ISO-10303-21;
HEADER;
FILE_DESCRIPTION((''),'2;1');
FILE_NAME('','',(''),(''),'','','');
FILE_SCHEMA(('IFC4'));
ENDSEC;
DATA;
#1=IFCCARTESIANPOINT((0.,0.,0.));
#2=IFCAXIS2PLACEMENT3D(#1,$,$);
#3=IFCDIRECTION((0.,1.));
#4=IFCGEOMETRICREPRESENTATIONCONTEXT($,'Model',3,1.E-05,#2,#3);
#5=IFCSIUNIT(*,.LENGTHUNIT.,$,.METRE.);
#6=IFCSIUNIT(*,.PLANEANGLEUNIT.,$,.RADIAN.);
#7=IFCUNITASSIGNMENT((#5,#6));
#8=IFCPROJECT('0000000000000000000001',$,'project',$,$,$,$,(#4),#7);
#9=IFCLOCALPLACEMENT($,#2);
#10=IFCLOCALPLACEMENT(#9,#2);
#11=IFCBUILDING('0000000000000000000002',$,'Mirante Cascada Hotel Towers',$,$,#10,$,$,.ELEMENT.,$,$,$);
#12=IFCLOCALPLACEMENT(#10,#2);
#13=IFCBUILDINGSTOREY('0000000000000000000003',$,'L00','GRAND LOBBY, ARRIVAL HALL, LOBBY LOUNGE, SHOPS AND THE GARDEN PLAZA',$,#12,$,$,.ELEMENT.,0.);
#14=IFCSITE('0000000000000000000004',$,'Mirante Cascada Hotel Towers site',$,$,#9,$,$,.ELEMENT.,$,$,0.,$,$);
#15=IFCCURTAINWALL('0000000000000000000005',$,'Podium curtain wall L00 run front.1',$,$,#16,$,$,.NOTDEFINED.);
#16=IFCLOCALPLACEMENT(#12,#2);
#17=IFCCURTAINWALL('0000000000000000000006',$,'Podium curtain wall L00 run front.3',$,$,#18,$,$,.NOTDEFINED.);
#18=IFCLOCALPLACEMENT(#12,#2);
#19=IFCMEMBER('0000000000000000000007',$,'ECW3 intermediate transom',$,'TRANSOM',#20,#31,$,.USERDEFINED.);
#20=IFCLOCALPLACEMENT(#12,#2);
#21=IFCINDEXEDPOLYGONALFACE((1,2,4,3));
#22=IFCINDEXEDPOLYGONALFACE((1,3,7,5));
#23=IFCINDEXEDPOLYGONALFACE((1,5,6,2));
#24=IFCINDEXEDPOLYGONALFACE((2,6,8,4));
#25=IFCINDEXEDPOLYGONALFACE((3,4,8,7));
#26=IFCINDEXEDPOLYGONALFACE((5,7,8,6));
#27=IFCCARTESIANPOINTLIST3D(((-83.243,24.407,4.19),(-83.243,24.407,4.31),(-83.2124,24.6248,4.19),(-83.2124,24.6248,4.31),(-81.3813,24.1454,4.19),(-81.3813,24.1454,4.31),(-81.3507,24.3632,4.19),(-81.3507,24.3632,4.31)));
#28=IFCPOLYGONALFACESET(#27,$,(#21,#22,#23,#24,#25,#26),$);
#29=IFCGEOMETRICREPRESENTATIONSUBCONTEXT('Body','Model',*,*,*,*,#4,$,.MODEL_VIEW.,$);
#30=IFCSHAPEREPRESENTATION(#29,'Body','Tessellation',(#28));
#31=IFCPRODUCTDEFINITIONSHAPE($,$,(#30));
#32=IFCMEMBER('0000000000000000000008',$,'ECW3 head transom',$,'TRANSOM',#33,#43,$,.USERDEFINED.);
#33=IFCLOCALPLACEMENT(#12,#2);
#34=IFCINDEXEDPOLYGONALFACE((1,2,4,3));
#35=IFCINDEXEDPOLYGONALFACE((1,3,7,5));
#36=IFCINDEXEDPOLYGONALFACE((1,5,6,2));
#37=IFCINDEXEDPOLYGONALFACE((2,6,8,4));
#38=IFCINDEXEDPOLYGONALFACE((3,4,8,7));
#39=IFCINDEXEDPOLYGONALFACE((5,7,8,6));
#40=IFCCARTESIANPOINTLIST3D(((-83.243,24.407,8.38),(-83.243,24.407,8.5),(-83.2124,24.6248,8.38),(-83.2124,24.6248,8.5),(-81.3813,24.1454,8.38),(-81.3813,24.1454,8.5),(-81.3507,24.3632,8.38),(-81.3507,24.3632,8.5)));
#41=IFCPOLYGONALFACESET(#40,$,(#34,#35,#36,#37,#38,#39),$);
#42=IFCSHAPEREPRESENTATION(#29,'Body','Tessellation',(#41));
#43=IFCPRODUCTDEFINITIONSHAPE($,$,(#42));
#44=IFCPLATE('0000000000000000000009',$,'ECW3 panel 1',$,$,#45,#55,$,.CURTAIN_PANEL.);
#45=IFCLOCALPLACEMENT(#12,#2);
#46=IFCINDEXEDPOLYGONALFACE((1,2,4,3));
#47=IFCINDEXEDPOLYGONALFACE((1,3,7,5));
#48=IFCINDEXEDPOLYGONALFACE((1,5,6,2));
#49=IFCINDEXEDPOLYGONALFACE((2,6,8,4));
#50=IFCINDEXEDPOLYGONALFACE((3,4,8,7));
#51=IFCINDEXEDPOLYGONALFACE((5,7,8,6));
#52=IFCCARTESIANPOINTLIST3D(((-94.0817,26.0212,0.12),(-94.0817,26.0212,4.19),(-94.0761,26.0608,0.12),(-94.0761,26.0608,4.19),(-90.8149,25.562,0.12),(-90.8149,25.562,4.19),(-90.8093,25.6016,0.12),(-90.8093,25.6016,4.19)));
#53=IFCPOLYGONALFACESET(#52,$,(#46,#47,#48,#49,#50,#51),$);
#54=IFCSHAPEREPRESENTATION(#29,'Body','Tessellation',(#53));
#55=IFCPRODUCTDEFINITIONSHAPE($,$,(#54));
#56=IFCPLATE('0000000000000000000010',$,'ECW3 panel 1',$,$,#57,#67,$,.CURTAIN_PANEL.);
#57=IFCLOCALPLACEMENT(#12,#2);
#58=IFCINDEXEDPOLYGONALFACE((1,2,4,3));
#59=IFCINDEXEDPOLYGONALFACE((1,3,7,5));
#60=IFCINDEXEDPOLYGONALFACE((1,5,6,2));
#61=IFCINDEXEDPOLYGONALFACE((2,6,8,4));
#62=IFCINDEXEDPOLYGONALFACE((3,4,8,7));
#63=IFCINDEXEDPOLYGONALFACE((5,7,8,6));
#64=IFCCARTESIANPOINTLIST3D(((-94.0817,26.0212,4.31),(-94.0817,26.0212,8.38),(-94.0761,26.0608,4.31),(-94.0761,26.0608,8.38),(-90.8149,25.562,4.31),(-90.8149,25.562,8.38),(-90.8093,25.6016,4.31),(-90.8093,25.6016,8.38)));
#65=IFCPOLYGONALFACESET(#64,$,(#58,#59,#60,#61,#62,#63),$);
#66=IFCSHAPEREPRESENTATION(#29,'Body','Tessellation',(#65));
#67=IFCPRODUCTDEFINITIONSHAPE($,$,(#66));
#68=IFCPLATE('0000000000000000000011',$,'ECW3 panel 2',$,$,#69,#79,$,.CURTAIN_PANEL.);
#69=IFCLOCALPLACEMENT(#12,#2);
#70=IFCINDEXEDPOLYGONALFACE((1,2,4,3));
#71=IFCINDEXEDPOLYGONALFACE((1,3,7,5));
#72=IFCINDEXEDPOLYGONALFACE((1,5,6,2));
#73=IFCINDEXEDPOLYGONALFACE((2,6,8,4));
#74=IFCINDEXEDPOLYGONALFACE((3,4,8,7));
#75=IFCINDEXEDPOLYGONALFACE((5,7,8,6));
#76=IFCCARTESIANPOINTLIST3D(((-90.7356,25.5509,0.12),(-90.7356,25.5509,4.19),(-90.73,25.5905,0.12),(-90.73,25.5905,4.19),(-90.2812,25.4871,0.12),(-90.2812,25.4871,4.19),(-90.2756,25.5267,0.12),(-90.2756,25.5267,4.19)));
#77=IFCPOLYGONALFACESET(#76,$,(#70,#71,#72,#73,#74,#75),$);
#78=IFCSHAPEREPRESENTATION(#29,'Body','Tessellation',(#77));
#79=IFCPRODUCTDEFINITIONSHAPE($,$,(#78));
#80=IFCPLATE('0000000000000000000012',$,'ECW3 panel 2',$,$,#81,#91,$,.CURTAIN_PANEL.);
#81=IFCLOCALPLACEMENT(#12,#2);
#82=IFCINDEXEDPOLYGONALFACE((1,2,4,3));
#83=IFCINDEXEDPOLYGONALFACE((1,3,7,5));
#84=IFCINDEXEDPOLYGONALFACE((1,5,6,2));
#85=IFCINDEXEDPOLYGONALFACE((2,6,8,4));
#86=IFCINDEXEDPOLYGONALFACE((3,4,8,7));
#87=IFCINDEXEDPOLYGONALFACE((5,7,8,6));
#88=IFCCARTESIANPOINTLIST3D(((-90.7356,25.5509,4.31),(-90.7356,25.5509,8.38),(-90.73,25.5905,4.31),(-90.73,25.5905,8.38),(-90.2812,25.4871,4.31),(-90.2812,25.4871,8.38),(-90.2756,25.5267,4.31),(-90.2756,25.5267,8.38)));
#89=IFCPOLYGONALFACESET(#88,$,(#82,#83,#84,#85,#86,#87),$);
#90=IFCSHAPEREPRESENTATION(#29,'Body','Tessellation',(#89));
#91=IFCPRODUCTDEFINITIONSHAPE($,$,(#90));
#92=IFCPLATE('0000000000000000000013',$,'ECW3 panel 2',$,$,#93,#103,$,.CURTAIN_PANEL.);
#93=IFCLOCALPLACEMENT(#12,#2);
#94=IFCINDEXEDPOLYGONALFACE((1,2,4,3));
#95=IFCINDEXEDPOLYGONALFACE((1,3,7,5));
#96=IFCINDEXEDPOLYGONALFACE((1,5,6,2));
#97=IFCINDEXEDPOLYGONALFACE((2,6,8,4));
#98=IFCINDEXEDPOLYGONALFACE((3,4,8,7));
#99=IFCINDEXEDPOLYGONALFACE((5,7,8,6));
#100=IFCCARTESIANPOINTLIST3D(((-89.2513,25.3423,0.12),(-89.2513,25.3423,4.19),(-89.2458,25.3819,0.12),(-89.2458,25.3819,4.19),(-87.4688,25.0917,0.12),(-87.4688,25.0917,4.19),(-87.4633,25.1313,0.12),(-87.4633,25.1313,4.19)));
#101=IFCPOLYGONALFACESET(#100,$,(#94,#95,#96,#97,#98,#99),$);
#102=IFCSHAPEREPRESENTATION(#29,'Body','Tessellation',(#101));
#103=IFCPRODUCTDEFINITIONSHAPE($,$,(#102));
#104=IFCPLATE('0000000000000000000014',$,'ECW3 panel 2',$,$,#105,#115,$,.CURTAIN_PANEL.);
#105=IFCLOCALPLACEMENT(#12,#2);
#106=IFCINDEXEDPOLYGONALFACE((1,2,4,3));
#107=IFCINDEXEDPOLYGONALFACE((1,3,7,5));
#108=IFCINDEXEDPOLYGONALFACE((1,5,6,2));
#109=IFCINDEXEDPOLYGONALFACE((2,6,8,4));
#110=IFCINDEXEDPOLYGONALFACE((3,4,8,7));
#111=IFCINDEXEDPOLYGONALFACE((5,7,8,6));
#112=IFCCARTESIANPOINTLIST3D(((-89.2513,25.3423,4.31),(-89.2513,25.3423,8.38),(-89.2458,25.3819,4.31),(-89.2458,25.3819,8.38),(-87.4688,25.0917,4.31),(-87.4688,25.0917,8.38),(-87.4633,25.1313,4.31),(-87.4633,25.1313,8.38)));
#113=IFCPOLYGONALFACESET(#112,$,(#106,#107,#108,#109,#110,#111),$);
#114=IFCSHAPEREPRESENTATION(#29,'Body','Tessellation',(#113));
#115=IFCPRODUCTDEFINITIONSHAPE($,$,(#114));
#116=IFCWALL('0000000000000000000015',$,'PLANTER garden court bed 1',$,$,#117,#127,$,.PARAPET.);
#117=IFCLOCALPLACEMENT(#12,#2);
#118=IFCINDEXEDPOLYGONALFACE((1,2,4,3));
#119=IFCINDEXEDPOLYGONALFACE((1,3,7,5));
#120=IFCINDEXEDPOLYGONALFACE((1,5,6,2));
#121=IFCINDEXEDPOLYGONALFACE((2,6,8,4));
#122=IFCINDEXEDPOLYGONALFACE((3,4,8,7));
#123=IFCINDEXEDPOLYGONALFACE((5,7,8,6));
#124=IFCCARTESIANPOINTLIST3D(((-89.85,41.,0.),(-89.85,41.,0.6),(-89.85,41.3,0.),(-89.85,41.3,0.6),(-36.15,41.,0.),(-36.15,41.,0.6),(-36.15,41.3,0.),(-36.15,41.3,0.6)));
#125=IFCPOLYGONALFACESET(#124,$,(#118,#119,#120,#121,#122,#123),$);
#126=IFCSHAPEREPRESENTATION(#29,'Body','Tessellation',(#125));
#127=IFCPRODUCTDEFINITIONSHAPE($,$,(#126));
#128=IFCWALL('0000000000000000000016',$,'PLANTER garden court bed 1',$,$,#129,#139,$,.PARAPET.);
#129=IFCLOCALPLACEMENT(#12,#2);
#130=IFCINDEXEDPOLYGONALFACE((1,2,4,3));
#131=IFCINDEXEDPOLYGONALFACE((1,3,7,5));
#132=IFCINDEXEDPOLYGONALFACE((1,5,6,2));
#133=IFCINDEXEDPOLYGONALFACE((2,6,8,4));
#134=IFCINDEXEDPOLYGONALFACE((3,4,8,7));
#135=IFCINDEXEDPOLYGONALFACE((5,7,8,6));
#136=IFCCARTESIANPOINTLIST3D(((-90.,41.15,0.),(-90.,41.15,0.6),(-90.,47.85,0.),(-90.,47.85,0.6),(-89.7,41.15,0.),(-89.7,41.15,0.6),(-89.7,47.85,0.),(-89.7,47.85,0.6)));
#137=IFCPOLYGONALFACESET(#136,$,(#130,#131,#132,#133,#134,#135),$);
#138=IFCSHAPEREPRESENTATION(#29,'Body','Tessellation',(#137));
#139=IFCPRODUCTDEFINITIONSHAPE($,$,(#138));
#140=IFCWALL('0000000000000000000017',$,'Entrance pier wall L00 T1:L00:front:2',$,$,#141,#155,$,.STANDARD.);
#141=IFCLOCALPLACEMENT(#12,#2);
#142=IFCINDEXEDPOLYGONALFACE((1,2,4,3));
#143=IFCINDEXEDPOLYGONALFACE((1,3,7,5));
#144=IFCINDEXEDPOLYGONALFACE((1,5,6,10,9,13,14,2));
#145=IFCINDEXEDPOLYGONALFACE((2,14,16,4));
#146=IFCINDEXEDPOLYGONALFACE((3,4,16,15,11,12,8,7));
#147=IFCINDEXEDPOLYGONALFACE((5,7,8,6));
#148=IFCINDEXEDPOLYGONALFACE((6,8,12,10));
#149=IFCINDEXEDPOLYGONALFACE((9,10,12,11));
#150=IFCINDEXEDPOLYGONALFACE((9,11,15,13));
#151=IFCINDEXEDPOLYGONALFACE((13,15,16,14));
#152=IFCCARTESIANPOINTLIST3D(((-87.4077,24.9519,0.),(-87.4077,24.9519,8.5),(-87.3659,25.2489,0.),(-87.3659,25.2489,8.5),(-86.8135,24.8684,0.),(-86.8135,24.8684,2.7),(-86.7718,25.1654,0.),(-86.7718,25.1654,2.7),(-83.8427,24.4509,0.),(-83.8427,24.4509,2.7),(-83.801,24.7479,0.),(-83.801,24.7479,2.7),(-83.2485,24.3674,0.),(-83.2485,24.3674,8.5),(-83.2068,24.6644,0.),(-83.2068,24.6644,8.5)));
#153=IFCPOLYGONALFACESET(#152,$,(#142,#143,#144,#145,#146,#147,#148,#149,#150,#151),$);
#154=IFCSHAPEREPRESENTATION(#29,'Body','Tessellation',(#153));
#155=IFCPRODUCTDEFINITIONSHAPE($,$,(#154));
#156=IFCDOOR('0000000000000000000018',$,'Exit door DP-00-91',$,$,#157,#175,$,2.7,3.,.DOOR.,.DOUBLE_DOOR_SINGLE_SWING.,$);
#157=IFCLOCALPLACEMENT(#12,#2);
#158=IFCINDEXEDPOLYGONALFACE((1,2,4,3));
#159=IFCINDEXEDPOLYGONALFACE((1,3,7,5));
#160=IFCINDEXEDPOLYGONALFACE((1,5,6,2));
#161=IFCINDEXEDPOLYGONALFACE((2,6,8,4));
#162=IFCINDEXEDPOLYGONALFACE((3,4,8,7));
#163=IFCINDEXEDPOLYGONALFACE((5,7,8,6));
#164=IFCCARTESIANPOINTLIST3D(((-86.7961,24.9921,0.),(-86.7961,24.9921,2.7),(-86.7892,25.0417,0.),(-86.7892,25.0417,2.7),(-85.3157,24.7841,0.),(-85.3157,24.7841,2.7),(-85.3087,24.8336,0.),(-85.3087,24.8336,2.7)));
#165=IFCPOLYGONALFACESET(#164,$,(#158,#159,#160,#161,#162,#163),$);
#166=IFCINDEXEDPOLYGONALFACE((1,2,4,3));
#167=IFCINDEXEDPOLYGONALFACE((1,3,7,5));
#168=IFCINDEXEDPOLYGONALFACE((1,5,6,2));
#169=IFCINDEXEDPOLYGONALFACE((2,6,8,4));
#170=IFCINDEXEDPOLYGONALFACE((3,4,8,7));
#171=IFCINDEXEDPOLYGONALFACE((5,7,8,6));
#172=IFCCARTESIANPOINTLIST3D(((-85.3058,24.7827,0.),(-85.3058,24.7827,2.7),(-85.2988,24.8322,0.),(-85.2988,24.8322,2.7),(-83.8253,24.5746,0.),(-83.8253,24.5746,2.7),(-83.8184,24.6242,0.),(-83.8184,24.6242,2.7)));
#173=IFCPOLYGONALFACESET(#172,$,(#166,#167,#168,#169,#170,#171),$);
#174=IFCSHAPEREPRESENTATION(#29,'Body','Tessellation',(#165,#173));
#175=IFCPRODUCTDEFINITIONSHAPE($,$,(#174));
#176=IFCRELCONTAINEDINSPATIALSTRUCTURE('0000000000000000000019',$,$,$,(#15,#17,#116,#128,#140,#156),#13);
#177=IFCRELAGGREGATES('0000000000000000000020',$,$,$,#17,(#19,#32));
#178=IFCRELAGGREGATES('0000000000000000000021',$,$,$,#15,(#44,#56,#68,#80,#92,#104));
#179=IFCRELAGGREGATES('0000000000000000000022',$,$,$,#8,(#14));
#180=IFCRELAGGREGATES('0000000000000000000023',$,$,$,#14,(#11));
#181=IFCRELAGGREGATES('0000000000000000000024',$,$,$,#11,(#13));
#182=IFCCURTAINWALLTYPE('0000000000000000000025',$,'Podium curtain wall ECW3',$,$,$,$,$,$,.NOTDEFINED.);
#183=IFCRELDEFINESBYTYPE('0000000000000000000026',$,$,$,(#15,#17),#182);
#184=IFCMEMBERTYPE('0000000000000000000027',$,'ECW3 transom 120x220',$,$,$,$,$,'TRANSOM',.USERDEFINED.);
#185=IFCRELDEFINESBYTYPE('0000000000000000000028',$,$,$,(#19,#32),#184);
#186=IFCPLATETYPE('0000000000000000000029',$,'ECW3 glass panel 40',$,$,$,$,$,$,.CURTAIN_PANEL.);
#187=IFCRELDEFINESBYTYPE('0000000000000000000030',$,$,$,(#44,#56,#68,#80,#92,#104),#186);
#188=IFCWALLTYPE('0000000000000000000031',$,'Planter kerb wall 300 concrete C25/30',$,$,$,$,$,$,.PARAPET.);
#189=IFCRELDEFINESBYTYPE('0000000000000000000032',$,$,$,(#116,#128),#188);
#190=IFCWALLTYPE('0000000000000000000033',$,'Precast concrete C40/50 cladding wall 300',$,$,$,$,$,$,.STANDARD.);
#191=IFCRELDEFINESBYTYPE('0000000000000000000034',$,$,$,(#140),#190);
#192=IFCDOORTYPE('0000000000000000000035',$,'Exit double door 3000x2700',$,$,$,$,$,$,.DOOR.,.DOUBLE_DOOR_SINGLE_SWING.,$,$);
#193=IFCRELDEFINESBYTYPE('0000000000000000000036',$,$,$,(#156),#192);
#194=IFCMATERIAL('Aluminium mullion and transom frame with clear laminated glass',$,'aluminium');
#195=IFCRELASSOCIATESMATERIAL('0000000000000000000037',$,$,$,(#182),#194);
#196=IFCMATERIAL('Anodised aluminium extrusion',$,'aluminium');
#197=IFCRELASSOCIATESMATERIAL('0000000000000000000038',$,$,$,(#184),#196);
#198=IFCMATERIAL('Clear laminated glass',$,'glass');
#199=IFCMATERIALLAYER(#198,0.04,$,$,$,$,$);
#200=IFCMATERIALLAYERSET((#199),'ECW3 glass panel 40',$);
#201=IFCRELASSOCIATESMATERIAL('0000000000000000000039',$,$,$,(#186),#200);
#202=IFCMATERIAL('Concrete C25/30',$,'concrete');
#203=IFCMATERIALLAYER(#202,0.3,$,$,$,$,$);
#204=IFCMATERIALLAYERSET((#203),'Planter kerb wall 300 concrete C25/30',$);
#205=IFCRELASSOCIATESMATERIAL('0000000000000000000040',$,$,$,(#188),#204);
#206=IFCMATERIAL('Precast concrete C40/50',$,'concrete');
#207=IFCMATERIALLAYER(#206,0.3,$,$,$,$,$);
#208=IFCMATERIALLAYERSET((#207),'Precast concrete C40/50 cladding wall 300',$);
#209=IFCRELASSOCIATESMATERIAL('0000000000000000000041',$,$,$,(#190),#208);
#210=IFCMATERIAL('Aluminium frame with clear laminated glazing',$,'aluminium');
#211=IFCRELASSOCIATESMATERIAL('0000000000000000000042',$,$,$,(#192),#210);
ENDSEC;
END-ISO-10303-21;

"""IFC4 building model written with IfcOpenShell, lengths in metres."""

from ifc_helpers import new_model, si_unit, direction, frame, frame_2d, origin, origin_2d, place, context, subcontext, project, spatial, rectangle, extrude, material, layer, layer_set, material_profile, profile_set, type_object, element, fill, aggregate, save


model = new_model("IFC4")

# Units and contexts
model_context = context("Model", 3, precision=1e-05, world=origin(), true_north=direction((0.0, 1.0)))
body_context = subcontext(model_context, "Body", "Model", "MODEL_VIEW")
ifc_project = project(units=[si_unit("LENGTHUNIT", "METRE"), si_unit("PLANEANGLEUNIT", "RADIAN")], contexts=[model_context])

# Site, building, storey
site_placement = place(None, origin())
site = spatial("IfcSite", under=ifc_project, at=site_placement, Name="Mirante Cascada Hotel Towers site", CompositionType="ELEMENT", RefElevation=0.0)
building_placement = place(site_placement, origin())
building = spatial("IfcBuilding", under=site, at=building_placement, Name="Mirante Cascada Hotel Towers", CompositionType="ELEMENT")
storey_placement = place(building_placement, origin())
storey = spatial("IfcBuildingStorey", under=building, at=storey_placement, Name="L00", Description="GRAND LOBBY, ARRIVAL HALL, LOBBY LOUNGE, SHOPS AND THE GARDEN PLAZA", CompositionType="ELEMENT", Elevation=0.0)

# Curtain walls, members
ifc_material_1 = material(Name="Aluminium mullion and transom frame with clear laminated glass", Category="aluminium")
curtain_wall_type = type_object("IfcCurtainWallType", Name="Podium curtain wall ECW3", PredefinedType="NOTDEFINED", material=ifc_material_1)
curtain_wall_1_placement = place(storey_placement, origin())
curtain_wall_1 = element("IfcCurtainWall", 1, at=curtain_wall_1_placement, inside=storey, type_object=curtain_wall_type, Name="Podium curtain wall L00 run front.1", PredefinedType="NOTDEFINED")
ifc_material_2 = material(Name="Anodised aluminium extrusion", Category="aluminium")
ifc_material_profile_1 = material_profile(ifc_material_2, rectangle(XDim=0.22, YDim=0.12, at=origin_2d()), Name="ECW3 TRANSOM 120x220")
ifc_profile_set_1 = profile_set([ifc_material_profile_1], Name="Anodised aluminium extrusion")
member_type_1 = type_object("IfcMemberType", Name="ECW3 transom 120x220", ElementType="TRANSOM", PredefinedType="USERDEFINED", material=ifc_profile_set_1)
curtain_wall_2_placement = place(storey_placement, origin())
curtain_wall_2 = element("IfcCurtainWall", 2, at=curtain_wall_2_placement, inside=storey, type_object=curtain_wall_type, Name="Podium curtain wall L00 run front.3", PredefinedType="NOTDEFINED")
member_1_placement = place(storey_placement, frame((-83.2277, 24.5159, 4.25), z_axis=(0.990271, -0.13915, 0.0), x_axis=(0.13915, 0.990271, 0.0)))
member_1 = element("IfcMember", 3, at=member_1_placement, type_object=member_type_1, Name="ECW3 intermediate transom", ObjectType="TRANSOM", PredefinedType="USERDEFINED", context=body_context, shape_type="SweptSolid", body=[
    extrude(rectangle(XDim=0.22, YDim=0.12, at=origin_2d()), origin(), (0.0, 0.0, 1.0), 1.88),
])
member_2_placement = place(storey_placement, frame((-83.2277, 24.5159, 8.44), z_axis=(0.990271, -0.13915, 0.0), x_axis=(0.13915, 0.990271, 0.0)))
member_2 = element("IfcMember", 4, at=member_2_placement, type_object=member_type_1, Name="ECW3 head transom", ObjectType="TRANSOM", PredefinedType="USERDEFINED", context=body_context, shape_type="SweptSolid", body=[
    extrude(rectangle(XDim=0.22, YDim=0.12, at=origin_2d()), origin(), (0.0, 0.0, 1.0), 1.88),
])
aggregate(curtain_wall_2, [member_1, member_2])

# Plates
ifc_material_3 = material(Name="Clear laminated glass", Category="glass")
ifc_layer_1 = layer(ifc_material_3, 0.04)
ifc_layer_set_1 = layer_set([ifc_layer_1], Name="ECW3 glass panel 40")
plate_type = type_object("IfcPlateType", Name="ECW3 glass panel 40", PredefinedType="CURTAIN_PANEL", material=ifc_layer_set_1)
plate_1_placement = place(storey_placement, frame((-92.4455, 25.8114, 0.12), z_axis=(0.0, 0.0, 1.0), x_axis=(0.990268, -0.139173, 0.0)))
plate_1 = element("IfcPlate", 5, at=plate_1_placement, type_object=plate_type, Name="ECW3 panel 1", PredefinedType="CURTAIN_PANEL", context=body_context, shape_type="SweptSolid", body=[
    extrude(rectangle(XDim=3.2989, YDim=0.04, at=origin_2d()), origin(), (0.0, 0.0, 1.0), 4.07),
])
plate_2_placement = place(storey_placement, frame((-92.4455, 25.8114, 4.31), z_axis=(0.0, 0.0, 1.0), x_axis=(0.990268, -0.139173, 0.0)))
plate_2 = element("IfcPlate", 6, at=plate_2_placement, type_object=plate_type, Name="ECW3 panel 1", PredefinedType="CURTAIN_PANEL", context=body_context, shape_type="SweptSolid", body=[
    extrude(rectangle(XDim=3.2989, YDim=0.04, at=origin_2d()), origin(), (0.0, 0.0, 1.0), 4.07),
])
plate_3_placement = place(storey_placement, frame((-90.5056, 25.5388, 0.12), z_axis=(0.0, 0.0, 1.0), x_axis=(0.990268, -0.139173, 0.0)))
plate_3 = element("IfcPlate", 7, at=plate_3_placement, type_object=plate_type, Name="ECW3 panel 2", PredefinedType="CURTAIN_PANEL", context=body_context, shape_type="SweptSolid", body=[
    extrude(rectangle(XDim=0.4589, YDim=0.04, at=origin_2d()), origin(), (0.0, 0.0, 1.0), 4.07),
])
plate_4_placement = place(storey_placement, frame((-90.5056, 25.5388, 4.31), z_axis=(0.0, 0.0, 1.0), x_axis=(0.990268, -0.139173, 0.0)))
plate_4 = element("IfcPlate", 8, at=plate_4_placement, type_object=plate_type, Name="ECW3 panel 2", PredefinedType="CURTAIN_PANEL", context=body_context, shape_type="SweptSolid", body=[
    extrude(rectangle(XDim=0.4589, YDim=0.04, at=origin_2d()), origin(), (0.0, 0.0, 1.0), 4.07),
])
plate_5_placement = place(storey_placement, frame((-88.3573, 25.2368, 0.12), z_axis=(0.0, 0.0, 1.0), x_axis=(0.990268, -0.139173, 0.0)))
plate_5 = element("IfcPlate", 9, at=plate_5_placement, type_object=plate_type, Name="ECW3 panel 2", PredefinedType="CURTAIN_PANEL", context=body_context, shape_type="SweptSolid", body=[
    extrude(rectangle(XDim=1.8, YDim=0.04, at=origin_2d()), origin(), (0.0, 0.0, 1.0), 4.07),
])
plate_6_placement = place(storey_placement, frame((-88.3573, 25.2368, 4.31), z_axis=(0.0, 0.0, 1.0), x_axis=(0.990268, -0.139173, 0.0)))
plate_6 = element("IfcPlate", 10, at=plate_6_placement, type_object=plate_type, Name="ECW3 panel 2", PredefinedType="CURTAIN_PANEL", context=body_context, shape_type="SweptSolid", body=[
    extrude(rectangle(XDim=1.8, YDim=0.04, at=origin_2d()), origin(), (0.0, 0.0, 1.0), 4.07),
])
aggregate(curtain_wall_1, [plate_1, plate_2, plate_3, plate_4, plate_5, plate_6])

# Walls
ifc_material_4 = material(Name="Concrete C25/30", Category="concrete")
ifc_layer_2 = layer(ifc_material_4, 0.3)
ifc_layer_set_2 = layer_set([ifc_layer_2], Name="Planter kerb wall 300 concrete C25/30")
wall_type_1 = type_object("IfcWallType", Name="Planter kerb wall 300 concrete C25/30", PredefinedType="PARAPET", material=ifc_layer_set_2)
wall_1_placement = place(storey_placement, frame((-89.85, 41.15, 0.0), z_axis=(0.0, 0.0, 1.0), x_axis=(1.0, 0.0, 0.0)))
element("IfcWall", 11, at=wall_1_placement, inside=storey, type_object=wall_type_1, Name="PLANTER garden court bed 1", PredefinedType="PARAPET", context=body_context, shape_type="SweptSolid", body=[
    extrude(rectangle(XDim=53.7, YDim=0.3, at=frame_2d((26.85, 0.0))), origin(), (0.0, 0.0, 1.0), 0.6),
])
wall_2_placement = place(storey_placement, frame((-89.85, 47.85, 0.0), z_axis=(0.0, 0.0, 1.0), x_axis=(0.0, -1.0, 0.0)))
element("IfcWall", 12, at=wall_2_placement, inside=storey, type_object=wall_type_1, Name="PLANTER garden court bed 1", PredefinedType="PARAPET", context=body_context, shape_type="SweptSolid", body=[
    extrude(rectangle(XDim=6.7, YDim=0.3, at=frame_2d((3.35, 0.0))), origin(), (0.0, 0.0, 1.0), 0.6),
])

# Wall, opening, door
ifc_material_5 = material(Name="Precast concrete C40/50", Category="concrete")
ifc_layer_3 = layer(ifc_material_5, 0.3)
ifc_layer_set_3 = layer_set([ifc_layer_3], Name="Precast concrete C40/50 cladding wall 300")
wall_type_2 = type_object("IfcWallType", Name="Precast concrete C40/50 cladding wall 300", PredefinedType="STANDARD", material=ifc_layer_set_3)
wall_3_placement = place(storey_placement, frame((-87.3868, 25.1004, 0.0), z_axis=(0.0, 0.0, 1.0), x_axis=(0.990269, -0.139168, 0.0)))
wall_3 = element("IfcWall", 13, at=wall_3_placement, inside=storey, type_object=wall_type_2, Name="Entrance pier wall L00 T1:L00:front:2", PredefinedType="STANDARD", context=body_context, shape_type="SweptSolid", body=[
    extrude(rectangle(XDim=4.2, YDim=0.3, at=frame_2d((2.1, 0.0))), origin(), (0.0, 0.0, 1.0), 8.5),
])
opening_placement = place(wall_3_placement, frame((0.6, 0.0, 0.0)))
opening = element("IfcOpeningElement", 14, at=opening_placement, cuts=wall_3, PredefinedType="OPENING", context=body_context, shape_type="SweptSolid", body=[
    extrude(rectangle(XDim=3.0, YDim=2.7, at=frame_2d((1.5, 1.35))), frame((0.0, 0.15, 0.0), z_axis=(0.0, -1.0, 0.0), x_axis=(1.0, 0.0, 0.0)), (0.0, 0.0, 1.0), 0.3),
])
ifc_material_6 = material(Name="Aluminium frame with clear laminated glazing", Category="aluminium")
door_type = type_object("IfcDoorType", Name="Exit double door 3000x2700", OperationType="DOUBLE_DOOR_SINGLE_SWING", PredefinedType="DOOR", material=ifc_material_6)
door_placement = place(opening_placement, origin())
door = element("IfcDoor", 15, at=door_placement, inside=storey, type_object=door_type, Name="Exit door DP-00-91", OperationType="DOUBLE_DOOR_SINGLE_SWING", OverallHeight=2.7, OverallWidth=3.0, PredefinedType="DOOR", context=body_context, shape_type="SweptSolid", body=[
    extrude(rectangle(XDim=1.495, YDim=2.7, at=frame_2d((0.7475, 1.35))), frame((0.0, 0.025, 0.0), z_axis=(0.0, -1.0, 0.0), x_axis=(1.0, 0.0, 0.0)), (0.0, 0.0, 1.0), 0.05),
    extrude(rectangle(XDim=1.495, YDim=2.7, at=frame_2d((2.2525, 1.35))), frame((0.0, 0.025, 0.0), z_axis=(0.0, -1.0, 0.0), x_axis=(1.0, 0.0, 0.0)), (0.0, 0.0, 1.0), 0.05),
])
fill(opening, door)

save(model, "model.ifc")
